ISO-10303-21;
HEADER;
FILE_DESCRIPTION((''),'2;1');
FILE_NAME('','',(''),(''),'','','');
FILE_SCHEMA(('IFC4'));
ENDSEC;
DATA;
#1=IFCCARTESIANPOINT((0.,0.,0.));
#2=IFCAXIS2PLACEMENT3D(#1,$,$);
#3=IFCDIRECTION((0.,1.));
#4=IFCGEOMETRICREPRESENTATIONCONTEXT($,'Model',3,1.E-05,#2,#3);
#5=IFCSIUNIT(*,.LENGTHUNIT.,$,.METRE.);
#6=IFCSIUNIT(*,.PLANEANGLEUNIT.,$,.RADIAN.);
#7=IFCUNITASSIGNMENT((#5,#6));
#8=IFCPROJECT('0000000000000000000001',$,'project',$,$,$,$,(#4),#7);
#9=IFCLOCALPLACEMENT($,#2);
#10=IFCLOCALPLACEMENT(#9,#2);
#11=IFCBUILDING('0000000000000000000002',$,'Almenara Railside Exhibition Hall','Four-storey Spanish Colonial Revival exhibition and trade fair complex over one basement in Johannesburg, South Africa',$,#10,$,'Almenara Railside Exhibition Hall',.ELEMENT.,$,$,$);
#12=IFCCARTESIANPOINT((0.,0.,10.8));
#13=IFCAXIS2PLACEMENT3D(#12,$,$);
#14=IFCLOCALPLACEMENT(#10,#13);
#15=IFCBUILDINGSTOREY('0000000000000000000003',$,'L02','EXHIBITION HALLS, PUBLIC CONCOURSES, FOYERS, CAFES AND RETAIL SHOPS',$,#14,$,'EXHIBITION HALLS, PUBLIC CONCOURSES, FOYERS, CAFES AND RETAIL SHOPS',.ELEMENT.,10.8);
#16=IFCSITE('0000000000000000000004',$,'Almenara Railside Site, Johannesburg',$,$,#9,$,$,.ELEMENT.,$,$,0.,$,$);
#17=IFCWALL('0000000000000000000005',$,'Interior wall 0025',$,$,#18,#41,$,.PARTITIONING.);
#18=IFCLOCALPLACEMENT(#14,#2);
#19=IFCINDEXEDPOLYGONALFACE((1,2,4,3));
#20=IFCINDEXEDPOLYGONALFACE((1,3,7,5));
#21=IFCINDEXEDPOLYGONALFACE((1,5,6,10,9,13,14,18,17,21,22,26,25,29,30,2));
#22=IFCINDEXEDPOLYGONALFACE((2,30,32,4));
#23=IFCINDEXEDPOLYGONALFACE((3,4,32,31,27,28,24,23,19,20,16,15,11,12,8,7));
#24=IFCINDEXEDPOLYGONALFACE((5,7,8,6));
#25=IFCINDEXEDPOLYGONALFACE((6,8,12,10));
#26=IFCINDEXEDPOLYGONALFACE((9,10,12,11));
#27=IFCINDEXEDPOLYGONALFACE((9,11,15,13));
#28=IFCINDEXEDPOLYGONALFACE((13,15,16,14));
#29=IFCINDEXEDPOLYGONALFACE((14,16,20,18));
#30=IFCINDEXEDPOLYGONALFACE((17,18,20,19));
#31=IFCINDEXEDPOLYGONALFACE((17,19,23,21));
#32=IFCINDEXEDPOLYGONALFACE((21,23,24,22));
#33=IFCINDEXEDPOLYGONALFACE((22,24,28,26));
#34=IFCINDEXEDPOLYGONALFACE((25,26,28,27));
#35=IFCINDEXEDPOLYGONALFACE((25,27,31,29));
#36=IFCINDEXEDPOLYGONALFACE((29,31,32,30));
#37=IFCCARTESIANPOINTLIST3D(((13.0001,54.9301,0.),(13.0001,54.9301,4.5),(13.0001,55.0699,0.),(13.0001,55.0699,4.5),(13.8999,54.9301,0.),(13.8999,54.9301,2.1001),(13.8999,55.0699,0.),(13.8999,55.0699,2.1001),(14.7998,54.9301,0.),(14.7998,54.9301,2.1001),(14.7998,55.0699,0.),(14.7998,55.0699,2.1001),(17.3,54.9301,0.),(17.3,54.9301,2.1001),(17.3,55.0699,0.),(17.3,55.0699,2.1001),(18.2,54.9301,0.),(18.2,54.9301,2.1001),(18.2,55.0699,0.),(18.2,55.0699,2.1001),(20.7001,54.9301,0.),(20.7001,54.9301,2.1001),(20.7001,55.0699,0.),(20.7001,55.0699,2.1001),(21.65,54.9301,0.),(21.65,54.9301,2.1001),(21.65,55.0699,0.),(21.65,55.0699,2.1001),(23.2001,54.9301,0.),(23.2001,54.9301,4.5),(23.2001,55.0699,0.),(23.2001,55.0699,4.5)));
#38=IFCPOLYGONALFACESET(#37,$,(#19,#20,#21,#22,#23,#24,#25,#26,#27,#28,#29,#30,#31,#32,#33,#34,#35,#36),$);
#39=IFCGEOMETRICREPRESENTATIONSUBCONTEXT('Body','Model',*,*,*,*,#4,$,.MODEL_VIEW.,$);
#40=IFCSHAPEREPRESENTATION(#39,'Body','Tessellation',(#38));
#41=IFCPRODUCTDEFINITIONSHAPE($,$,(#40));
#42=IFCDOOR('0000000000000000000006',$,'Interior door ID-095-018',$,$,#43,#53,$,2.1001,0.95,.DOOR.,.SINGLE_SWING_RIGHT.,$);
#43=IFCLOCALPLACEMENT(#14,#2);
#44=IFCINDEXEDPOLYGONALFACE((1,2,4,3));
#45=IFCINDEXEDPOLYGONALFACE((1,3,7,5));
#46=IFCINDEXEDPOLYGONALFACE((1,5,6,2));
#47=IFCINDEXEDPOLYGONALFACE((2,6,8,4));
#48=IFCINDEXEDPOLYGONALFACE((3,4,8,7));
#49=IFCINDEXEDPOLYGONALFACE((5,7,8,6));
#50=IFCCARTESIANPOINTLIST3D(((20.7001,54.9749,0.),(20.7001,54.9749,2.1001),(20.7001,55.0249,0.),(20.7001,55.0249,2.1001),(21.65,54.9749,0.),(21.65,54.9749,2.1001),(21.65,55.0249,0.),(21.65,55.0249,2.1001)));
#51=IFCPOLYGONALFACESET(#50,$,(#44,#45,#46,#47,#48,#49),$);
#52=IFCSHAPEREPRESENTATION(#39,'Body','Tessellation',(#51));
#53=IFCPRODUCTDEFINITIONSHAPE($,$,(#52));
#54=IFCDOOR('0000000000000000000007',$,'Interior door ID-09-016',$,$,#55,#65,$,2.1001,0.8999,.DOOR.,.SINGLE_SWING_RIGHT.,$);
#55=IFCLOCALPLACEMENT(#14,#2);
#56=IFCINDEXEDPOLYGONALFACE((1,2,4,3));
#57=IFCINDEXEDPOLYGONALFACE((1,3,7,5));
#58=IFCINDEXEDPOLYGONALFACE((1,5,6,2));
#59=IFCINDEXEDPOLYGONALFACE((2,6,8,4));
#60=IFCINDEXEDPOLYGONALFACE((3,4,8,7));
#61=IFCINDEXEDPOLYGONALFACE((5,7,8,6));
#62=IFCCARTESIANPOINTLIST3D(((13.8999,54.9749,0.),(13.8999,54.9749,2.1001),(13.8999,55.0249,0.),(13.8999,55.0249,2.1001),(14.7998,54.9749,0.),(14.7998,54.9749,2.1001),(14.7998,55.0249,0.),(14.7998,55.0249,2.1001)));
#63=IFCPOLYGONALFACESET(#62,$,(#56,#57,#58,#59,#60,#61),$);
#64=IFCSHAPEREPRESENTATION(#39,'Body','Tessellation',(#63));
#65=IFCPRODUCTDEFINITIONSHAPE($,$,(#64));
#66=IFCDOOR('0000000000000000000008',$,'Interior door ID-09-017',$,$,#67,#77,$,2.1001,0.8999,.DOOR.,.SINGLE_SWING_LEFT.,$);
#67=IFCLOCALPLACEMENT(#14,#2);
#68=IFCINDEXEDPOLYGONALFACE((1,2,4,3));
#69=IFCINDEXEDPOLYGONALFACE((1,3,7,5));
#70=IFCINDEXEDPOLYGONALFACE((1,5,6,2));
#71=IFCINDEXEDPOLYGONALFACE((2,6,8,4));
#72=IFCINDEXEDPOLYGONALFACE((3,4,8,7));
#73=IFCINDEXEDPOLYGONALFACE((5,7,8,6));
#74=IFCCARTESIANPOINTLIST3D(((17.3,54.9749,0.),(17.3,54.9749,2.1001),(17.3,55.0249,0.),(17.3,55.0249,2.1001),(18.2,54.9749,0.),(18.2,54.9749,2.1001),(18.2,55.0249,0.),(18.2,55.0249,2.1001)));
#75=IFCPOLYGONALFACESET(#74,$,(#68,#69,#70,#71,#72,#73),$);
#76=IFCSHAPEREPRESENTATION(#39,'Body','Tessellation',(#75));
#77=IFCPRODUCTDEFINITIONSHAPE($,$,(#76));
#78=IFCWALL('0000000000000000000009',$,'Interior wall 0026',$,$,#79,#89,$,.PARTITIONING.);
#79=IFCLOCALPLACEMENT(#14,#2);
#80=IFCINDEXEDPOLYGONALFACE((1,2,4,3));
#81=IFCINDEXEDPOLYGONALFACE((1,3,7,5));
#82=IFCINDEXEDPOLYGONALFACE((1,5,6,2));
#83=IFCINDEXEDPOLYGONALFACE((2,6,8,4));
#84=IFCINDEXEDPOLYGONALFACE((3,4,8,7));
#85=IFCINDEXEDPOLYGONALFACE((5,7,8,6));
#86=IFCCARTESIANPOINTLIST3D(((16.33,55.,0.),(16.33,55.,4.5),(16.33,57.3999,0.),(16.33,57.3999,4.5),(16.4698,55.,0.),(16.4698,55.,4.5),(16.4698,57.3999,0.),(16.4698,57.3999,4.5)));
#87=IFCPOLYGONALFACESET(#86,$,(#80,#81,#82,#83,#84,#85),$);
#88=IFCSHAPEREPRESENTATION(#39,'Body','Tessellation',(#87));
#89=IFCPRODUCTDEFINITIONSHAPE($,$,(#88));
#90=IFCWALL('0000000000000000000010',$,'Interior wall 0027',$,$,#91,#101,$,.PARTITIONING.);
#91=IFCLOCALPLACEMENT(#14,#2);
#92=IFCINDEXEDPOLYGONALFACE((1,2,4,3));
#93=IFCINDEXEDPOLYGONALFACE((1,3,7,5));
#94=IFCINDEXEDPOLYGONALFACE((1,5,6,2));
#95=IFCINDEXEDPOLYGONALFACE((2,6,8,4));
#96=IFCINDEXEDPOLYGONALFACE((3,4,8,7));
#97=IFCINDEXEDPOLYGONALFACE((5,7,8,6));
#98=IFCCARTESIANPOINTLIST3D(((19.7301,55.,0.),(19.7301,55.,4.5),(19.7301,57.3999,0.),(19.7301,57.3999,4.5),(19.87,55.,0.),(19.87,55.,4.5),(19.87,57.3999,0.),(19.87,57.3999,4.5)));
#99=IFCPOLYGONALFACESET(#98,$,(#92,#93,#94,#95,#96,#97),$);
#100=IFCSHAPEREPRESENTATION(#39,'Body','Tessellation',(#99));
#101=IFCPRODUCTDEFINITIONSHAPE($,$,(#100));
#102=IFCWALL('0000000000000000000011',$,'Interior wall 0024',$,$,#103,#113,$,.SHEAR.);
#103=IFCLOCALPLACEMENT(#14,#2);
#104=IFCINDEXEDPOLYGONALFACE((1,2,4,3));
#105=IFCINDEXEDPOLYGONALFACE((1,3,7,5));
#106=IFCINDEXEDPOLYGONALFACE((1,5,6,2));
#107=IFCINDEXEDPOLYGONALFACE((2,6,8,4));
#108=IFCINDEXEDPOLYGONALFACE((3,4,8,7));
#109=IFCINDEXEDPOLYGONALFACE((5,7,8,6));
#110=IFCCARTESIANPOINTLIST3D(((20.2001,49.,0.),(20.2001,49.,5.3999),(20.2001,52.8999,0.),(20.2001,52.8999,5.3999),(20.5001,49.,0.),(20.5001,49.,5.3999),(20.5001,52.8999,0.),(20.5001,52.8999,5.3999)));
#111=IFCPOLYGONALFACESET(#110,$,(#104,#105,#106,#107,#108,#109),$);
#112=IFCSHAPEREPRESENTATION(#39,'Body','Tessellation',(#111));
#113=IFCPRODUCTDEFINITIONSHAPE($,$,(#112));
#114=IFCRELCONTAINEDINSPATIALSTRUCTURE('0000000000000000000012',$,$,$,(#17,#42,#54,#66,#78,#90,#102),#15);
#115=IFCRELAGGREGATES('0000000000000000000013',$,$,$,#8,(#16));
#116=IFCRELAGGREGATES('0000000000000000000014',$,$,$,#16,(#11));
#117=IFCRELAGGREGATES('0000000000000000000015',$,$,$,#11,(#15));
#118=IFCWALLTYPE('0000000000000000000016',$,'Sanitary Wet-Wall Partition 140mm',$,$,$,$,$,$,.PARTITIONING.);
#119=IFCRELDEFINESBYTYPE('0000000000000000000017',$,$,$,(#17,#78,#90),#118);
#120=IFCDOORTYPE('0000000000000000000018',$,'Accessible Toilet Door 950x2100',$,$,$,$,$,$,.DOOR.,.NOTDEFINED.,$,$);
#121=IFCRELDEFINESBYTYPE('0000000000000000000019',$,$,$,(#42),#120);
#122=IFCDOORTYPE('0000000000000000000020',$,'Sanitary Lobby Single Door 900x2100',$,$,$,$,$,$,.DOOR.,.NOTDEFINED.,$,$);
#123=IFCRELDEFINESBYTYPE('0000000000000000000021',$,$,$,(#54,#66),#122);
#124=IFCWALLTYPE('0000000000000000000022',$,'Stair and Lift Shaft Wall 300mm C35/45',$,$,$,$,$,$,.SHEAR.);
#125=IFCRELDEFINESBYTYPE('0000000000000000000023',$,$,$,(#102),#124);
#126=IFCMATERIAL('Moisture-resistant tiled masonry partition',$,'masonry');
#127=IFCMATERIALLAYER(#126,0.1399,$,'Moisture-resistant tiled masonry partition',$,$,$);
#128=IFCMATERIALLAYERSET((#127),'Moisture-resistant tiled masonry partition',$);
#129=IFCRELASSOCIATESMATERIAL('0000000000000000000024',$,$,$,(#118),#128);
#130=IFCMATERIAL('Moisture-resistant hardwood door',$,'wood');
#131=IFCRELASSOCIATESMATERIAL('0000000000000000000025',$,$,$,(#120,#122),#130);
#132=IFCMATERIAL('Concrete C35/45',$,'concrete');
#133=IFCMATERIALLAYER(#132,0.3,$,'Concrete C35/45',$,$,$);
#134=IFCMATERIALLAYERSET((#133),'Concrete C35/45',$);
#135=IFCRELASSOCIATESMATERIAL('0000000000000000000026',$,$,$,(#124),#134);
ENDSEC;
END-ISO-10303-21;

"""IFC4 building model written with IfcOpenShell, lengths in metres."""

from ifc_helpers import new_model, si_unit, direction, frame, frame_2d, origin, place, context, subcontext, project, spatial, rectangle, extrude, material, layer, layer_set, type_object, element, fill, save


model = new_model("IFC4")

# Units and contexts
model_context = context("Model", 3, precision=1e-05, world=origin(), true_north=direction((0.0, 1.0)))
body_context = subcontext(model_context, "Body", "Model", "MODEL_VIEW")
ifc_project = project(units=[si_unit("LENGTHUNIT", "METRE"), si_unit("PLANEANGLEUNIT", "RADIAN")], contexts=[model_context])

# Site, building, storey
site_placement = place(None, origin())
site = spatial("IfcSite", under=ifc_project, at=site_placement, Name="Almenara Railside Site, Johannesburg", CompositionType="ELEMENT", RefElevation=0.0)
building_placement = place(site_placement, origin())
building = spatial("IfcBuilding", under=site, at=building_placement, Name="Almenara Railside Exhibition Hall", Description="Four-storey Spanish Colonial Revival exhibition and trade fair complex over one basement in Johannesburg, South Africa", LongName="Almenara Railside Exhibition Hall", CompositionType="ELEMENT")
storey_placement = place(building_placement, frame((0.0, 0.0, 10.8)))
storey = spatial("IfcBuildingStorey", under=building, at=storey_placement, Name="L02", Description="EXHIBITION HALLS, PUBLIC CONCOURSES, FOYERS, CAFES AND RETAIL SHOPS", LongName="EXHIBITION HALLS, PUBLIC CONCOURSES, FOYERS, CAFES AND RETAIL SHOPS", CompositionType="ELEMENT", Elevation=10.8)

# Shared definitions
ifc_material_1 = material(Name="Concrete C35/45", Category="concrete")

# Wall, openings, doors
ifc_material_2 = material(Name="Moisture-resistant tiled masonry partition", Category="masonry")
ifc_layer_1 = layer(ifc_material_2, 0.1399, Name="Moisture-resistant tiled masonry partition")
ifc_layer_set_1 = layer_set([ifc_layer_1], Name="Moisture-resistant tiled masonry partition")
wall_type_1 = type_object("IfcWallType", Name="Sanitary Wet-Wall Partition 140mm", PredefinedType="PARTITIONING", material=ifc_layer_set_1)
wall_1_placement = place(storey_placement, frame((13.0, 55.0, 0.0), z_axis=(0.0, 0.0, 1.0), x_axis=(1.0, 0.0, 0.0)))
wall_1 = element("IfcWall", 1, at=wall_1_placement, inside=storey, type_object=wall_type_1, Name="Interior wall 0025", PredefinedType="PARTITIONING", context=body_context, shape_type="SweptSolid", body=[
    extrude(rectangle(XDim=10.2, YDim=0.1399, at=frame_2d((5.1001, 0.0))), origin(), (0.0, 0.0, 1.0), 4.5),
])
opening_1_placement = place(wall_1_placement, frame((0.8999, 0.0, 0.0)))
opening_1 = element("IfcOpeningElement", 2, at=opening_1_placement, cuts=wall_1, PredefinedType="OPENING", context=body_context, shape_type="SweptSolid", body=[
    extrude(rectangle(XDim=0.8999, YDim=2.1001, at=frame_2d((0.45, 1.05))), frame((0.0, 0.0798, 0.0), z_axis=(0.0, -1.0, 0.0), x_axis=(1.0, 0.0, 0.0)), (0.0, 0.0, 1.0), 0.1599),
])
opening_2_placement = place(wall_1_placement, frame((4.3, 0.0, 0.0)))
opening_2 = element("IfcOpeningElement", 3, at=opening_2_placement, cuts=wall_1, PredefinedType="OPENING", context=body_context, shape_type="SweptSolid", body=[
    extrude(rectangle(XDim=0.8999, YDim=2.1001, at=frame_2d((0.45, 1.05))), frame((0.0, 0.0798, 0.0), z_axis=(0.0, -1.0, 0.0), x_axis=(1.0, 0.0, 0.0)), (0.0, 0.0, 1.0), 0.1599),
])
opening_3_placement = place(wall_1_placement, frame((7.7, 0.0, 0.0)))
opening_3 = element("IfcOpeningElement", 4, at=opening_3_placement, cuts=wall_1, PredefinedType="OPENING", context=body_context, shape_type="SweptSolid", body=[
    extrude(rectangle(XDim=0.95, YDim=2.1001, at=frame_2d((0.4751, 1.05))), frame((0.0, 0.0798, 0.0), z_axis=(0.0, -1.0, 0.0), x_axis=(1.0, 0.0, 0.0)), (0.0, 0.0, 1.0), 0.1599),
])
ifc_material_3 = material(Name="Moisture-resistant hardwood door", Category="wood")
door_type_1 = type_object("IfcDoorType", Name="Accessible Toilet Door 950x2100", OperationType="NOTDEFINED", PredefinedType="DOOR", material=ifc_material_3)
door_1_placement = place(opening_3_placement, origin())
door_1 = element("IfcDoor", 5, at=door_1_placement, inside=storey, type_object=door_type_1, Name="Interior door ID-095-018", OperationType="SINGLE_SWING_RIGHT", OverallHeight=2.1001, OverallWidth=0.95, PredefinedType="DOOR", context=body_context, shape_type="SweptSolid", body=[
    extrude(rectangle(XDim=0.95, YDim=2.1001, at=frame_2d((0.4751, 1.05))), frame((0.0, 0.0249, 0.0), z_axis=(0.0, -1.0, 0.0), x_axis=(1.0, 0.0, 0.0)), (0.0, 0.0, 1.0), 0.05),
])
fill(opening_3, door_1)
door_type_2 = type_object("IfcDoorType", Name="Sanitary Lobby Single Door 900x2100", OperationType="NOTDEFINED", PredefinedType="DOOR", material=ifc_material_3)
door_2_placement = place(opening_1_placement, origin())
door_2 = element("IfcDoor", 6, at=door_2_placement, inside=storey, type_object=door_type_2, Name="Interior door ID-09-016", OperationType="SINGLE_SWING_RIGHT", OverallHeight=2.1001, OverallWidth=0.8999, PredefinedType="DOOR", context=body_context, shape_type="SweptSolid", body=[
    extrude(rectangle(XDim=0.8999, YDim=2.1001, at=frame_2d((0.45, 1.05))), frame((0.0, 0.0249, 0.0), z_axis=(0.0, -1.0, 0.0), x_axis=(1.0, 0.0, 0.0)), (0.0, 0.0, 1.0), 0.05),
])
fill(opening_1, door_2)
door_3_placement = place(opening_2_placement, origin())
door_3 = element("IfcDoor", 7, at=door_3_placement, inside=storey, type_object=door_type_2, Name="Interior door ID-09-017", OperationType="SINGLE_SWING_LEFT", OverallHeight=2.1001, OverallWidth=0.8999, PredefinedType="DOOR", context=body_context, shape_type="SweptSolid", body=[
    extrude(rectangle(XDim=0.8999, YDim=2.1001, at=frame_2d((0.45, 1.05))), frame((0.0, 0.0249, 0.0), z_axis=(0.0, -1.0, 0.0), x_axis=(1.0, 0.0, 0.0)), (0.0, 0.0, 1.0), 0.05),
])
fill(opening_2, door_3)

# Walls
for number, where, z_axis, x_axis, name in (
    (8, (16.3999, 55.0, 0.0), (0.0, 0.0, 1.0), (0.0, 1.0, 0.0), "Interior wall 0026"),
    (9, (19.8, 55.0, 0.0), (0.0, 0.0, 1.0), (0.0, 1.0, 0.0), "Interior wall 0027"),
):
    element("IfcWall", number, at=place(storey_placement, frame(where, z_axis=z_axis, x_axis=x_axis)), inside=storey, type_object=wall_type_1, Name=name, PredefinedType="PARTITIONING", context=body_context, shape_type="SweptSolid", body=[
        extrude(rectangle(XDim=2.3999, YDim=0.1399, at=frame_2d((1.2, 0.0))), origin(), (0.0, 0.0, 1.0), 4.5),
    ])
ifc_layer_2 = layer(ifc_material_1, 0.3, Name="Concrete C35/45")
ifc_layer_set_2 = layer_set([ifc_layer_2], Name="Concrete C35/45")
wall_type_2 = type_object("IfcWallType", Name="Stair and Lift Shaft Wall 300mm C35/45", PredefinedType="SHEAR", material=ifc_layer_set_2)
wall_2_placement = place(storey_placement, frame((20.3501, 49.0, 0.0), z_axis=(0.0, 0.0, 1.0), x_axis=(0.0, 1.0, 0.0)))
element("IfcWall", 10, at=wall_2_placement, inside=storey, type_object=wall_type_2, Name="Interior wall 0024", PredefinedType="SHEAR", context=body_context, shape_type="SweptSolid", body=[
    extrude(rectangle(XDim=3.8999, YDim=0.3, at=frame_2d((1.95, 0.0))), origin(), (0.0, 0.0, 1.0), 5.3999),
])

save(model, "model.ifc")
